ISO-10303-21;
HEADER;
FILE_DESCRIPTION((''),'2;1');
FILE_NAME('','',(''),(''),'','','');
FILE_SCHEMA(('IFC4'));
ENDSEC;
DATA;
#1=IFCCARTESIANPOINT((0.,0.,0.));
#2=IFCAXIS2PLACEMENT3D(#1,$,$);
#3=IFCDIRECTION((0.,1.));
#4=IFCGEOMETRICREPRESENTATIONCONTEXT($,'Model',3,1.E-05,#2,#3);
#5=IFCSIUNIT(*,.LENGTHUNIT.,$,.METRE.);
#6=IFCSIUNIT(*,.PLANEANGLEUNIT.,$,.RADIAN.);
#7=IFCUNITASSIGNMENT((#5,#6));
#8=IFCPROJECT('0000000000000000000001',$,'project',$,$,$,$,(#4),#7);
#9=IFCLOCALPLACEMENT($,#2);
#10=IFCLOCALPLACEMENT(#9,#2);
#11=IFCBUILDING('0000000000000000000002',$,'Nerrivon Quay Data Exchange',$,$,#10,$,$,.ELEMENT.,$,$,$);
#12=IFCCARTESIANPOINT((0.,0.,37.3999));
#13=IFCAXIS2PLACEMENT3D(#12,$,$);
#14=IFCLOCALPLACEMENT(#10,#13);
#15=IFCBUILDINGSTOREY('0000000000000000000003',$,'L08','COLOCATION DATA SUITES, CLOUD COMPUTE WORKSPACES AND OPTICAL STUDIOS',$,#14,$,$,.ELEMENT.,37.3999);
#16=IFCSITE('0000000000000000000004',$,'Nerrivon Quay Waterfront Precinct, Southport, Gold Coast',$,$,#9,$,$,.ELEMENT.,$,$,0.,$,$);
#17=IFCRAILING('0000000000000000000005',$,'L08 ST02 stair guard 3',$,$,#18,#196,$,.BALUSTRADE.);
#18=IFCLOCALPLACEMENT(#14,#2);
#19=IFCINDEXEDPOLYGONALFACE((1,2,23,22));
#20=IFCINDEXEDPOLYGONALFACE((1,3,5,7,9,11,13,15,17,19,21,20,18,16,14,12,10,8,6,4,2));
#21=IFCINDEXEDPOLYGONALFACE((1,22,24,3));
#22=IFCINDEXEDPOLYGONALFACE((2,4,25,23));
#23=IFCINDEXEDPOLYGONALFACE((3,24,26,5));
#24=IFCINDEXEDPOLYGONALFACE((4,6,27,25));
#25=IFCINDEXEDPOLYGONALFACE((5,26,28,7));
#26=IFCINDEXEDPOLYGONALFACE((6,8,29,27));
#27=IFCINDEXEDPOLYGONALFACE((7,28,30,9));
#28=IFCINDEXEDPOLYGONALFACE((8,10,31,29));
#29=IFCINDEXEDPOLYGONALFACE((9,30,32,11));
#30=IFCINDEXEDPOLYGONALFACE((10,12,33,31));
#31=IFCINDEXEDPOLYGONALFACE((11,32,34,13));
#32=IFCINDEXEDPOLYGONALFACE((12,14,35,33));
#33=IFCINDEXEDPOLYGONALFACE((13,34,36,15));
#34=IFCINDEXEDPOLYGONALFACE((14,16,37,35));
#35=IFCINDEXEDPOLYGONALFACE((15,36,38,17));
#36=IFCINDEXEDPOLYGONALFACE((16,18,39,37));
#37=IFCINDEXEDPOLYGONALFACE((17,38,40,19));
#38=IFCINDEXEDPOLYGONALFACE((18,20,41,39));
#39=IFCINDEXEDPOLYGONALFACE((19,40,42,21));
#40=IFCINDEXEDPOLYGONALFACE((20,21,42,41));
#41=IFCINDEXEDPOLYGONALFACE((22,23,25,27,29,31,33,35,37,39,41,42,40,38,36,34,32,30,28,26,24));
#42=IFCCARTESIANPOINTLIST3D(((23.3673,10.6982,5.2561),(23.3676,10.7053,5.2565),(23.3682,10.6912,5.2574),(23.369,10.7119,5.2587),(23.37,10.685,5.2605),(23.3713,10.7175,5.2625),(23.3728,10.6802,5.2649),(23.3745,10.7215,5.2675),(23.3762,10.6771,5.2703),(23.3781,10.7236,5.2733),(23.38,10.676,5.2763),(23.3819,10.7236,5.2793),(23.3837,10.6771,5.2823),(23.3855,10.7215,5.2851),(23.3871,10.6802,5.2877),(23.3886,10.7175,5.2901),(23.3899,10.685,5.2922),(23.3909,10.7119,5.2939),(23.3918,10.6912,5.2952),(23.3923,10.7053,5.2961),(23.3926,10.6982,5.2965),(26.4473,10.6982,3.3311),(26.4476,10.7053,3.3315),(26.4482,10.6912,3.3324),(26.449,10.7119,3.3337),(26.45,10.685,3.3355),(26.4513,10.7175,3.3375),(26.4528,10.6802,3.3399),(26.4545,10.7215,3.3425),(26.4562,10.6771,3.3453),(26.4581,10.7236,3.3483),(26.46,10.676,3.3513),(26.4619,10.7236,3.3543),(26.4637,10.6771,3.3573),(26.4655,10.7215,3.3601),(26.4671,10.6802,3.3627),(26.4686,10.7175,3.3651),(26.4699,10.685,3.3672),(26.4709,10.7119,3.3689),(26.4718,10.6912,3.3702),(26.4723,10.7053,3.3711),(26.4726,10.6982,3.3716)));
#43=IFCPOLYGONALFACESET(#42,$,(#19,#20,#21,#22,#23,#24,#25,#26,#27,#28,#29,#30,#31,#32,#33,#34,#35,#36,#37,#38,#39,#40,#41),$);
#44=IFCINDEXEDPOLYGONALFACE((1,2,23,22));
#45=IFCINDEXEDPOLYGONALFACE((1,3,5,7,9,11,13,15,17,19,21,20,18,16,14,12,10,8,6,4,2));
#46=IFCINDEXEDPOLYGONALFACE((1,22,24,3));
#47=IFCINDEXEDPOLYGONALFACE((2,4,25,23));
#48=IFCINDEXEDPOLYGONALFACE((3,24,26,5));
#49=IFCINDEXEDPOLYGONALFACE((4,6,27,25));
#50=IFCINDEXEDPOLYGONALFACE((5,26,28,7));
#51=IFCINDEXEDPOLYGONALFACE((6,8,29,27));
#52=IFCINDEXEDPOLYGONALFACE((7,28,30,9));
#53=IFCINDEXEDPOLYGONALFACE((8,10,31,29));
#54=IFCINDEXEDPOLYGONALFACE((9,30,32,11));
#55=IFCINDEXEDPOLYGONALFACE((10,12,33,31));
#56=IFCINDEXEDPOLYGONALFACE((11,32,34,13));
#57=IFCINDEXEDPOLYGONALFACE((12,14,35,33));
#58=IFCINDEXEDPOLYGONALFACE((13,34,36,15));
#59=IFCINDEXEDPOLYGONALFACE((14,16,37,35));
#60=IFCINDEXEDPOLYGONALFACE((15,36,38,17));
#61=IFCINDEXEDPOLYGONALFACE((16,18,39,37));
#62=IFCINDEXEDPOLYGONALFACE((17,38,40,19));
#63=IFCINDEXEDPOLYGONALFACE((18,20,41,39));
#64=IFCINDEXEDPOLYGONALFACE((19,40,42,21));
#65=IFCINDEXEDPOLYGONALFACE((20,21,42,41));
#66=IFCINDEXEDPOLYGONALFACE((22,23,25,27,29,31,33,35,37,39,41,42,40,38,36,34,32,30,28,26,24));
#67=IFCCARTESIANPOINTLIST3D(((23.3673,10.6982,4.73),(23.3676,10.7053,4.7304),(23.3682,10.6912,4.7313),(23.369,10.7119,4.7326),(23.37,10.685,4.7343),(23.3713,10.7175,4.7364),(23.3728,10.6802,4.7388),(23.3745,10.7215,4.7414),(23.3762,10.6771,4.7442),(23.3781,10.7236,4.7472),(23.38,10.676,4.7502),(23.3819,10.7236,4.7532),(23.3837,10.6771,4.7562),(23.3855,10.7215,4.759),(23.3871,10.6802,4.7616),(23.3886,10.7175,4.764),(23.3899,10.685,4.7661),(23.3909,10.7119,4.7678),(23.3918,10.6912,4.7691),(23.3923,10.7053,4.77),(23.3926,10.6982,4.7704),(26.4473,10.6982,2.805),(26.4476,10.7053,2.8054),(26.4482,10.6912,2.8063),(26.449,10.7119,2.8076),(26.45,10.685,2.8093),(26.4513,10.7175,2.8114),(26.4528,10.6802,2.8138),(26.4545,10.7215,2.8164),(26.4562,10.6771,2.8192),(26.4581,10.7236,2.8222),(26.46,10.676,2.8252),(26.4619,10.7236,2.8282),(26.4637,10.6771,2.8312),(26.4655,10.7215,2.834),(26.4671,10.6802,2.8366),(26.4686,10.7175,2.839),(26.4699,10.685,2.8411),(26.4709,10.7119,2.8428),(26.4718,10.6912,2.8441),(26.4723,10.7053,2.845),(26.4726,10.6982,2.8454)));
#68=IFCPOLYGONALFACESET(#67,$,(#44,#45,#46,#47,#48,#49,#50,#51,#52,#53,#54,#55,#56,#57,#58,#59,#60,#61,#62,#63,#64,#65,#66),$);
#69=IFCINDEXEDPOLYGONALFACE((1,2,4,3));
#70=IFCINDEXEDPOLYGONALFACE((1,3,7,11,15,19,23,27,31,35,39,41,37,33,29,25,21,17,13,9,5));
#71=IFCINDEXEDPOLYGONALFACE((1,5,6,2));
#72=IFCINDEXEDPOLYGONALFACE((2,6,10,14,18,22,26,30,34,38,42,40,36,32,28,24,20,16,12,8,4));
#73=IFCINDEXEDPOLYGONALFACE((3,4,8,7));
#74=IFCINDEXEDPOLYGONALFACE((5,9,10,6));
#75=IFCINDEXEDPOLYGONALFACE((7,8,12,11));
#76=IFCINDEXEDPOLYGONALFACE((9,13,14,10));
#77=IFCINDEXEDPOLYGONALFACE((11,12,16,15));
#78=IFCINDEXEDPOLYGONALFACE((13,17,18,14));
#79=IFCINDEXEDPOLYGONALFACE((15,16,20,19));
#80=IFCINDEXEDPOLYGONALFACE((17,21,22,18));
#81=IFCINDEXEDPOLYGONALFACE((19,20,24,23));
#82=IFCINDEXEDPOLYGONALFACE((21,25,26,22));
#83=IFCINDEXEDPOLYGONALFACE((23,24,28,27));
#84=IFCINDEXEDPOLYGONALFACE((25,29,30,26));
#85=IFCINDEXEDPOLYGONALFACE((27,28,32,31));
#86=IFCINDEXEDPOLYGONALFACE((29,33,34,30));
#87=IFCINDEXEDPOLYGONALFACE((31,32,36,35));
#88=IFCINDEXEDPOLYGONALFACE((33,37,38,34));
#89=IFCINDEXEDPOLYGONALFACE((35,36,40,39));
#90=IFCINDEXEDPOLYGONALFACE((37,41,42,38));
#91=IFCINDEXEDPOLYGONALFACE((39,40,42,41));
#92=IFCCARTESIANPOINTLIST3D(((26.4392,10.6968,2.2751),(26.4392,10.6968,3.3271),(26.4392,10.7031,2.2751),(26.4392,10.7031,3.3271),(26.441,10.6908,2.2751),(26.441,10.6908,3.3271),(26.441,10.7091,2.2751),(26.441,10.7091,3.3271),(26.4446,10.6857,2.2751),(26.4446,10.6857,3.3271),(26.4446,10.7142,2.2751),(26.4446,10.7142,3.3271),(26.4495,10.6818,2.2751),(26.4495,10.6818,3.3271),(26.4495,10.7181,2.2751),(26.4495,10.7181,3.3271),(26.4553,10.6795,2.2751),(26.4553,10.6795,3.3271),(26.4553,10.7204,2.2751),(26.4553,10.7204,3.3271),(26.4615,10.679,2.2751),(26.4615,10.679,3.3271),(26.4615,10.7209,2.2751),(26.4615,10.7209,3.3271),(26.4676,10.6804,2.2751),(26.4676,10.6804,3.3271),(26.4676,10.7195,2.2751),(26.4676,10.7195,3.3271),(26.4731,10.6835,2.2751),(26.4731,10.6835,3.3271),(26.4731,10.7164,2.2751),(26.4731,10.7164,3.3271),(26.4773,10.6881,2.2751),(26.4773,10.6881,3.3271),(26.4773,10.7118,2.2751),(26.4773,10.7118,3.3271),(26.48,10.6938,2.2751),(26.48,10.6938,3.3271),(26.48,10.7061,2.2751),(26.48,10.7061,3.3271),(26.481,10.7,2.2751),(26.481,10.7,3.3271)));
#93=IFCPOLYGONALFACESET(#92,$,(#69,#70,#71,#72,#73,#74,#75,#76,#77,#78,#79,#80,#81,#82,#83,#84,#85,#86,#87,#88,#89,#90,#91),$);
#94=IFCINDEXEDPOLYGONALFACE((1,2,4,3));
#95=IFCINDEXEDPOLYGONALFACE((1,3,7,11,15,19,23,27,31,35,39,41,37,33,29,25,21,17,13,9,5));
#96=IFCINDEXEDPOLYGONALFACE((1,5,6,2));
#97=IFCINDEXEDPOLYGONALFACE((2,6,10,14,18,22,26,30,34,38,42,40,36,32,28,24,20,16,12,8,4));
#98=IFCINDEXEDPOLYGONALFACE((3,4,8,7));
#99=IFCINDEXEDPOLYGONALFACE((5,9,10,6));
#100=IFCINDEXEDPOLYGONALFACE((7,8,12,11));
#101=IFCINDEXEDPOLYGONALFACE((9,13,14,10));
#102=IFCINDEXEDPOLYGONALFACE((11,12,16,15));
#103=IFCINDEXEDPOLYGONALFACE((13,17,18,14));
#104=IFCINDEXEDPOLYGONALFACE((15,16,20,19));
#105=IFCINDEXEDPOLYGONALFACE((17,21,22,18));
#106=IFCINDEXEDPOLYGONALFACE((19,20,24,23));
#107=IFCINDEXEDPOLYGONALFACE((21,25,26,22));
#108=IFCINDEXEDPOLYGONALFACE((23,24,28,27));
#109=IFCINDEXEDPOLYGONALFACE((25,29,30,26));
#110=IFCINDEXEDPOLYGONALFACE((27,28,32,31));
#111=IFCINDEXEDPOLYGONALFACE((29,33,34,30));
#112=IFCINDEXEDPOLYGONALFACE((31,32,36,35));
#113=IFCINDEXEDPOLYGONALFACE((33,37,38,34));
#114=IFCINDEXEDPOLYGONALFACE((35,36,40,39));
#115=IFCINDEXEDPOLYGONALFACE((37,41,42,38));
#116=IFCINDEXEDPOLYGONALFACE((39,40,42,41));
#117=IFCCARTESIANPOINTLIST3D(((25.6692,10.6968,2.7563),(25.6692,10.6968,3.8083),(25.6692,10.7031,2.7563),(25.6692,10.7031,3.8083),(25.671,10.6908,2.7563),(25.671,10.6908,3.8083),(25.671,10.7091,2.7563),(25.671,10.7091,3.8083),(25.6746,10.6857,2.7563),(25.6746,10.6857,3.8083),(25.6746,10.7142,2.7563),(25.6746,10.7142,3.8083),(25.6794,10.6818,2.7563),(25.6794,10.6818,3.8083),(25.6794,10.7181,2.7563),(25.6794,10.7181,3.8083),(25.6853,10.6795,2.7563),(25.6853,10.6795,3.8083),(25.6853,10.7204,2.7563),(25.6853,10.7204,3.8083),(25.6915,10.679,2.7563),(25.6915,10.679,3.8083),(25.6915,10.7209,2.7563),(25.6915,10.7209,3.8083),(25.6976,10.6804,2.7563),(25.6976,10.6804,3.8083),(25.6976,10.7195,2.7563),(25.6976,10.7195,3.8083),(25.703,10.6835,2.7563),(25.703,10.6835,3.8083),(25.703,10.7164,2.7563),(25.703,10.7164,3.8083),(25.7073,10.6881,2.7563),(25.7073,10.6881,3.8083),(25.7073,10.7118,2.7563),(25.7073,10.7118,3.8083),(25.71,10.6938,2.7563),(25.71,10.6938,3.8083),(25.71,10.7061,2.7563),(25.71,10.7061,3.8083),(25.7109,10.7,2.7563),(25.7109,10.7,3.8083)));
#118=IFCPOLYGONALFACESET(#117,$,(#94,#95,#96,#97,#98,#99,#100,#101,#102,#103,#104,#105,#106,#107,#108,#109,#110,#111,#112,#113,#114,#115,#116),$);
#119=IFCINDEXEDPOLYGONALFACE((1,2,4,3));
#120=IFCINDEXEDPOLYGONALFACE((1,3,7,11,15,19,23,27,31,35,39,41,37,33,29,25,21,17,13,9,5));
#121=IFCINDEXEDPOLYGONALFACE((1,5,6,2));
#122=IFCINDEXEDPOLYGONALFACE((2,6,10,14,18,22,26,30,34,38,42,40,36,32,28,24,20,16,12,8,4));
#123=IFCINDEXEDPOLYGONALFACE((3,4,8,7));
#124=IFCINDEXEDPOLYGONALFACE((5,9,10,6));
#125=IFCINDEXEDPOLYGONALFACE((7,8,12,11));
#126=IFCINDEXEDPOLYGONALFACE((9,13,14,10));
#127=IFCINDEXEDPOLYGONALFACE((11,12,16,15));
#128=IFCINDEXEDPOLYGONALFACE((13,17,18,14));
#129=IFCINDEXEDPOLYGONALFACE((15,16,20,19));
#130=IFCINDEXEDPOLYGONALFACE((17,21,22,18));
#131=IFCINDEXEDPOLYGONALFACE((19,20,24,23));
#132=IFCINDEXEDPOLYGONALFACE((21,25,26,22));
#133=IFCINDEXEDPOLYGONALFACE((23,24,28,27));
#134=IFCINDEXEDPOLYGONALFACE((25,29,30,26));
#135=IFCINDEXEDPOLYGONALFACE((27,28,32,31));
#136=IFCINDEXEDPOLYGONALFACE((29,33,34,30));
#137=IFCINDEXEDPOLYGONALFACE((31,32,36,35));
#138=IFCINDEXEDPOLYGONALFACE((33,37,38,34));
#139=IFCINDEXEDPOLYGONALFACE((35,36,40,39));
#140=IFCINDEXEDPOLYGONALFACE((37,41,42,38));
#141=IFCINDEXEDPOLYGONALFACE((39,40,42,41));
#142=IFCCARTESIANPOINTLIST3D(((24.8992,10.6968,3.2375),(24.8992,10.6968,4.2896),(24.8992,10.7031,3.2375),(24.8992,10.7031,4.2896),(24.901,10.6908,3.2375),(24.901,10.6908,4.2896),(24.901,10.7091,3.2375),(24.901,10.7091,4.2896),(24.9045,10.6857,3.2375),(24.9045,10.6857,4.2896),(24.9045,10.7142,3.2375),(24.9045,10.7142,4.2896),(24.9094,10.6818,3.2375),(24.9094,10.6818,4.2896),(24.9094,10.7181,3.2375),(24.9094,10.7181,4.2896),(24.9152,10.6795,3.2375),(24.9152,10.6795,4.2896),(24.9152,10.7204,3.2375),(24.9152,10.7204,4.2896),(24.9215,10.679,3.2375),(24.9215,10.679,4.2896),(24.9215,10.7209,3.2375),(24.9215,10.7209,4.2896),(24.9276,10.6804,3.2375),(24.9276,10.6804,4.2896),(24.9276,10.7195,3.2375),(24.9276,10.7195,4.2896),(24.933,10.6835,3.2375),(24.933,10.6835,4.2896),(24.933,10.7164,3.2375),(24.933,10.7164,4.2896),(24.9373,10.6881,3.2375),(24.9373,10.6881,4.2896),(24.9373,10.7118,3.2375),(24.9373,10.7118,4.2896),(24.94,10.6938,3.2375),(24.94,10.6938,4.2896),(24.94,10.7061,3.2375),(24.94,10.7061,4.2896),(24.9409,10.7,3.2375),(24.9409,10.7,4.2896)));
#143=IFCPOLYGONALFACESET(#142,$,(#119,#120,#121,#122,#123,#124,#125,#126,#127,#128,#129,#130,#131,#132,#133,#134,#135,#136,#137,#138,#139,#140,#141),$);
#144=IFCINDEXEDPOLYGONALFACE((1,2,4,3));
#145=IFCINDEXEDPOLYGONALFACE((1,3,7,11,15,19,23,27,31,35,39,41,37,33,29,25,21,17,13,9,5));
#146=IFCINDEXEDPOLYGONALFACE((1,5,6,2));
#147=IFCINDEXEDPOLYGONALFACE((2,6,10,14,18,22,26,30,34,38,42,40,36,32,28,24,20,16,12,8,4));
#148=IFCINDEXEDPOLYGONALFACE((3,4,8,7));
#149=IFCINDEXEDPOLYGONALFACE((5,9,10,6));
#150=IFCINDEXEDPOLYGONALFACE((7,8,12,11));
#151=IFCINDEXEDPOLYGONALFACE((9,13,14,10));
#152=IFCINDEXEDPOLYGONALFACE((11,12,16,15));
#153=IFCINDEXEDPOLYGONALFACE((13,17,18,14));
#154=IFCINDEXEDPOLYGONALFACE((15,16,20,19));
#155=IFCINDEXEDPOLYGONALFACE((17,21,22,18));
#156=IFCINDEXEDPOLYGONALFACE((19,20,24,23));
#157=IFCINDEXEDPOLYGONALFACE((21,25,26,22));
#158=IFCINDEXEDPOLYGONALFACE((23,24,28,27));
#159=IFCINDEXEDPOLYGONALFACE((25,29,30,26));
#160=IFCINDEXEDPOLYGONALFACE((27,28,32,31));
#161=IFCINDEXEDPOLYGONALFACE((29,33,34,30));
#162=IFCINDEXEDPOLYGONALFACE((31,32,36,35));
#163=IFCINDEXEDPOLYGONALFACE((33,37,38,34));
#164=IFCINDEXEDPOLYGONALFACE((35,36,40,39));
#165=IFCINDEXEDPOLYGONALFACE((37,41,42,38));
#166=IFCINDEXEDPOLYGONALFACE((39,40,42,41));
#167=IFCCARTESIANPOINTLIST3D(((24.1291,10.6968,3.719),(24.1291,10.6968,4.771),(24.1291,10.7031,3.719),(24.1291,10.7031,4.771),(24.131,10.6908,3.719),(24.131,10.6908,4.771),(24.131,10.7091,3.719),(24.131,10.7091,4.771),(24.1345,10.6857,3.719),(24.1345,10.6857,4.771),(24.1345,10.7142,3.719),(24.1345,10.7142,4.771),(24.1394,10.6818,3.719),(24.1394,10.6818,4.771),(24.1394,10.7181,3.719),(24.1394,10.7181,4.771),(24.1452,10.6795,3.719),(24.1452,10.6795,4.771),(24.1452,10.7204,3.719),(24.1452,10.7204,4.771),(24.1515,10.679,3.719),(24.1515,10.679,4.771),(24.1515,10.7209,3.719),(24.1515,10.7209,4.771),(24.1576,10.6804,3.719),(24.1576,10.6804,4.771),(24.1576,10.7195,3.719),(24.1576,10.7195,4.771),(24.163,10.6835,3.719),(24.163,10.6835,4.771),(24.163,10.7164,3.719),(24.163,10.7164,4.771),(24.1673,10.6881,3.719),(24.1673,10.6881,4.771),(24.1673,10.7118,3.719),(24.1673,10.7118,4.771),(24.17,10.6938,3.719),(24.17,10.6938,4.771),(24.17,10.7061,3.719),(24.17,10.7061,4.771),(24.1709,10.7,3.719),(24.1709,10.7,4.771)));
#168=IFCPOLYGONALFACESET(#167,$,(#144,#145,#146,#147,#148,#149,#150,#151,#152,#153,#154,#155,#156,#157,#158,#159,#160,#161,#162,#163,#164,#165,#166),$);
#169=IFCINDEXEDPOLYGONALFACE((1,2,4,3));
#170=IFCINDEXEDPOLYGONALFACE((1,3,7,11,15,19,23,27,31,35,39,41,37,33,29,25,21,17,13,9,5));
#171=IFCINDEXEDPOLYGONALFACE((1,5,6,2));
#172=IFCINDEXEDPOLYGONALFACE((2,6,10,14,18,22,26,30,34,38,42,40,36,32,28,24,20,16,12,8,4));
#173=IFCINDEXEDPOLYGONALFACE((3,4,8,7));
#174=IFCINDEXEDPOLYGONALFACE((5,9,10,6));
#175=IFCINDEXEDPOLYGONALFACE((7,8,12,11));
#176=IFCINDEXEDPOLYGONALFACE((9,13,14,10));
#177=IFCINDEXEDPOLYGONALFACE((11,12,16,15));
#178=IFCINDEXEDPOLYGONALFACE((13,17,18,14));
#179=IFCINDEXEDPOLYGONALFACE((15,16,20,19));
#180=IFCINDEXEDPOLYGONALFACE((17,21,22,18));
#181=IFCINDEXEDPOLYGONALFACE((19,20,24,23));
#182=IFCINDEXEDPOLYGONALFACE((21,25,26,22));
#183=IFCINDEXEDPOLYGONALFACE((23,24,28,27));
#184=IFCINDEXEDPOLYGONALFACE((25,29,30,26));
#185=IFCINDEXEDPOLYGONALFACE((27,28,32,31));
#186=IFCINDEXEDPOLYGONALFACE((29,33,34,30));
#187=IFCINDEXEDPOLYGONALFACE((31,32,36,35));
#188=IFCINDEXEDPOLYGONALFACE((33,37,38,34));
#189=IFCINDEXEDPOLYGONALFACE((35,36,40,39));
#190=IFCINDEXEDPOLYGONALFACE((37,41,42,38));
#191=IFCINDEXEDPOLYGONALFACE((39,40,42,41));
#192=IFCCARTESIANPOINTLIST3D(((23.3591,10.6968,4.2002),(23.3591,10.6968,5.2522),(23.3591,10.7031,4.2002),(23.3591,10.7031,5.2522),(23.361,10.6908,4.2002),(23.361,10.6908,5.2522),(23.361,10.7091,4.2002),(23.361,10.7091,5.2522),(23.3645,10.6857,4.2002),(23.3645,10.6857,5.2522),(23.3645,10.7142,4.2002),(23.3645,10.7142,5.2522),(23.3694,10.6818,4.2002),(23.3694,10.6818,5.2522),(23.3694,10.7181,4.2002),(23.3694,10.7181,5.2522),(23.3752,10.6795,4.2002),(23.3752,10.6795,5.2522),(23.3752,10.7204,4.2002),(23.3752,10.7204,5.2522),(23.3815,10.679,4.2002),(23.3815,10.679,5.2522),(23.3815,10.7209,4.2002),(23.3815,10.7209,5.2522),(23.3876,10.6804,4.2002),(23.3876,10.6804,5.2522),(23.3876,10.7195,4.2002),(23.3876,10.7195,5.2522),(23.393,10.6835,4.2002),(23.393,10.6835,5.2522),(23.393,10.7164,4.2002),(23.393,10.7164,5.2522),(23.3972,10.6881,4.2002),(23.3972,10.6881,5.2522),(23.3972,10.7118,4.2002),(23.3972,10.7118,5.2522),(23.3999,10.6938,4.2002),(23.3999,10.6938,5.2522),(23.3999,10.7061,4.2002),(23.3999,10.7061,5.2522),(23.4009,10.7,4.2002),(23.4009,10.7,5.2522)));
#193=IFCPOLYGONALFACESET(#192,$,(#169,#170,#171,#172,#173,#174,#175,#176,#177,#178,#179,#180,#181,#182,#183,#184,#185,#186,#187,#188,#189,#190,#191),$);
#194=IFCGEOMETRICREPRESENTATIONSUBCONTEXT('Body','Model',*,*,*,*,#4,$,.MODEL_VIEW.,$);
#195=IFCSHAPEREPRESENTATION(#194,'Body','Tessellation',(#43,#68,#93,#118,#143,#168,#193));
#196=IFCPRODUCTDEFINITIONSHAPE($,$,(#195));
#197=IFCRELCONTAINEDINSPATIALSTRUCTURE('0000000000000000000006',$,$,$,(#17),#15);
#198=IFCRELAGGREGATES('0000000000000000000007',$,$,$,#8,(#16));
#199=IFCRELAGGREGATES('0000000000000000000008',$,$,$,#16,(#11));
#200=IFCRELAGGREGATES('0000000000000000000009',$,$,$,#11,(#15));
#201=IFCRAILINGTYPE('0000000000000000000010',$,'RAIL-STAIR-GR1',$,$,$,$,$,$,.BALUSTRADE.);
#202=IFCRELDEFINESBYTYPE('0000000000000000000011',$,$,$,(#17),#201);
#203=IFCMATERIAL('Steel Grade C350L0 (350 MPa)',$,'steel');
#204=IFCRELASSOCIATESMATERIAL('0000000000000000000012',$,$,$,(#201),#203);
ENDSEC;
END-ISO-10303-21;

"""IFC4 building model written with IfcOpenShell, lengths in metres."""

from ifc_helpers import new_model, si_unit, direction, frame, origin, origin_2d, place, context, subcontext, project, spatial, circle, extrude, material, type_object, element, save


model = new_model("IFC4")

# Units and contexts
model_context = context("Model", 3, precision=1e-05, world=origin(), true_north=direction((0.0, 1.0)))
body_context = subcontext(model_context, "Body", "Model", "MODEL_VIEW")
ifc_project = project(units=[si_unit("LENGTHUNIT", "METRE"), si_unit("PLANEANGLEUNIT", "RADIAN")], contexts=[model_context])

# Site, building, storey
site_placement = place(None, origin())
site = spatial("IfcSite", under=ifc_project, at=site_placement, Name="Nerrivon Quay Waterfront Precinct, Southport, Gold Coast", CompositionType="ELEMENT", RefElevation=0.0)
building_placement = place(site_placement, origin())
building = spatial("IfcBuilding", under=site, at=building_placement, Name="Nerrivon Quay Data Exchange", CompositionType="ELEMENT")
storey_placement = place(building_placement, frame((0.0, 0.0, 37.3999)))
storey = spatial("IfcBuildingStorey", under=building, at=storey_placement, Name="L08", Description="COLOCATION DATA SUITES, CLOUD COMPUTE WORKSPACES AND OPTICAL STUDIOS", CompositionType="ELEMENT", Elevation=37.3999)

# Railing
ifc_material_1 = material(Name="Steel Grade C350L0 (350 MPa)", Category="steel")
railing_type_1 = type_object("IfcRailingType", Name="RAIL-STAIR-GR1", PredefinedType="BALUSTRADE", material=ifc_material_1)
railing_1_placement = place(storey_placement, frame((26.46, 10.7, 2.2751)))
element("IfcRailing", 1, at=railing_1_placement, inside=storey, type_object=railing_type_1, Name="L08 ST02 stair guard 3", PredefinedType="BALUSTRADE", context=body_context, shape_type="SweptSolid", body=[
    extrude(circle(Radius=0.0239, at=origin_2d()), frame((0.0, 0.0, 1.0762), z_axis=(-0.847998, 0.0, 0.529999), x_axis=(0.0, -1.0, 0.0)), (0.0, 0.0, 1.0), 3.6321),
    extrude(circle(Radius=0.0239, at=origin_2d()), frame((0.0, 0.0, 0.55), z_axis=(-0.847998, 0.0, 0.529999), x_axis=(0.0, -1.0, 0.0)), (0.0, 0.0, 1.0), 3.6321),
    extrude(circle(Radius=0.021, at=origin_2d()), origin(), (0.0, 0.0, 1.0), 1.052),
    extrude(circle(Radius=0.021, at=origin_2d()), frame((-0.77, 0.0, 0.4812)), (0.0, 0.0, 1.0), 1.052),
    extrude(circle(Radius=0.021, at=origin_2d()), frame((-1.54, 0.0, 0.9624)), (0.0, 0.0, 1.0), 1.052),
    extrude(circle(Radius=0.021, at=origin_2d()), frame((-2.3101, 0.0, 1.4438)), (0.0, 0.0, 1.0), 1.052),
    extrude(circle(Radius=0.021, at=origin_2d()), frame((-3.0801, 0.0, 1.925)), (0.0, 0.0, 1.0), 1.052),
])

save(model, "model.ifc")
